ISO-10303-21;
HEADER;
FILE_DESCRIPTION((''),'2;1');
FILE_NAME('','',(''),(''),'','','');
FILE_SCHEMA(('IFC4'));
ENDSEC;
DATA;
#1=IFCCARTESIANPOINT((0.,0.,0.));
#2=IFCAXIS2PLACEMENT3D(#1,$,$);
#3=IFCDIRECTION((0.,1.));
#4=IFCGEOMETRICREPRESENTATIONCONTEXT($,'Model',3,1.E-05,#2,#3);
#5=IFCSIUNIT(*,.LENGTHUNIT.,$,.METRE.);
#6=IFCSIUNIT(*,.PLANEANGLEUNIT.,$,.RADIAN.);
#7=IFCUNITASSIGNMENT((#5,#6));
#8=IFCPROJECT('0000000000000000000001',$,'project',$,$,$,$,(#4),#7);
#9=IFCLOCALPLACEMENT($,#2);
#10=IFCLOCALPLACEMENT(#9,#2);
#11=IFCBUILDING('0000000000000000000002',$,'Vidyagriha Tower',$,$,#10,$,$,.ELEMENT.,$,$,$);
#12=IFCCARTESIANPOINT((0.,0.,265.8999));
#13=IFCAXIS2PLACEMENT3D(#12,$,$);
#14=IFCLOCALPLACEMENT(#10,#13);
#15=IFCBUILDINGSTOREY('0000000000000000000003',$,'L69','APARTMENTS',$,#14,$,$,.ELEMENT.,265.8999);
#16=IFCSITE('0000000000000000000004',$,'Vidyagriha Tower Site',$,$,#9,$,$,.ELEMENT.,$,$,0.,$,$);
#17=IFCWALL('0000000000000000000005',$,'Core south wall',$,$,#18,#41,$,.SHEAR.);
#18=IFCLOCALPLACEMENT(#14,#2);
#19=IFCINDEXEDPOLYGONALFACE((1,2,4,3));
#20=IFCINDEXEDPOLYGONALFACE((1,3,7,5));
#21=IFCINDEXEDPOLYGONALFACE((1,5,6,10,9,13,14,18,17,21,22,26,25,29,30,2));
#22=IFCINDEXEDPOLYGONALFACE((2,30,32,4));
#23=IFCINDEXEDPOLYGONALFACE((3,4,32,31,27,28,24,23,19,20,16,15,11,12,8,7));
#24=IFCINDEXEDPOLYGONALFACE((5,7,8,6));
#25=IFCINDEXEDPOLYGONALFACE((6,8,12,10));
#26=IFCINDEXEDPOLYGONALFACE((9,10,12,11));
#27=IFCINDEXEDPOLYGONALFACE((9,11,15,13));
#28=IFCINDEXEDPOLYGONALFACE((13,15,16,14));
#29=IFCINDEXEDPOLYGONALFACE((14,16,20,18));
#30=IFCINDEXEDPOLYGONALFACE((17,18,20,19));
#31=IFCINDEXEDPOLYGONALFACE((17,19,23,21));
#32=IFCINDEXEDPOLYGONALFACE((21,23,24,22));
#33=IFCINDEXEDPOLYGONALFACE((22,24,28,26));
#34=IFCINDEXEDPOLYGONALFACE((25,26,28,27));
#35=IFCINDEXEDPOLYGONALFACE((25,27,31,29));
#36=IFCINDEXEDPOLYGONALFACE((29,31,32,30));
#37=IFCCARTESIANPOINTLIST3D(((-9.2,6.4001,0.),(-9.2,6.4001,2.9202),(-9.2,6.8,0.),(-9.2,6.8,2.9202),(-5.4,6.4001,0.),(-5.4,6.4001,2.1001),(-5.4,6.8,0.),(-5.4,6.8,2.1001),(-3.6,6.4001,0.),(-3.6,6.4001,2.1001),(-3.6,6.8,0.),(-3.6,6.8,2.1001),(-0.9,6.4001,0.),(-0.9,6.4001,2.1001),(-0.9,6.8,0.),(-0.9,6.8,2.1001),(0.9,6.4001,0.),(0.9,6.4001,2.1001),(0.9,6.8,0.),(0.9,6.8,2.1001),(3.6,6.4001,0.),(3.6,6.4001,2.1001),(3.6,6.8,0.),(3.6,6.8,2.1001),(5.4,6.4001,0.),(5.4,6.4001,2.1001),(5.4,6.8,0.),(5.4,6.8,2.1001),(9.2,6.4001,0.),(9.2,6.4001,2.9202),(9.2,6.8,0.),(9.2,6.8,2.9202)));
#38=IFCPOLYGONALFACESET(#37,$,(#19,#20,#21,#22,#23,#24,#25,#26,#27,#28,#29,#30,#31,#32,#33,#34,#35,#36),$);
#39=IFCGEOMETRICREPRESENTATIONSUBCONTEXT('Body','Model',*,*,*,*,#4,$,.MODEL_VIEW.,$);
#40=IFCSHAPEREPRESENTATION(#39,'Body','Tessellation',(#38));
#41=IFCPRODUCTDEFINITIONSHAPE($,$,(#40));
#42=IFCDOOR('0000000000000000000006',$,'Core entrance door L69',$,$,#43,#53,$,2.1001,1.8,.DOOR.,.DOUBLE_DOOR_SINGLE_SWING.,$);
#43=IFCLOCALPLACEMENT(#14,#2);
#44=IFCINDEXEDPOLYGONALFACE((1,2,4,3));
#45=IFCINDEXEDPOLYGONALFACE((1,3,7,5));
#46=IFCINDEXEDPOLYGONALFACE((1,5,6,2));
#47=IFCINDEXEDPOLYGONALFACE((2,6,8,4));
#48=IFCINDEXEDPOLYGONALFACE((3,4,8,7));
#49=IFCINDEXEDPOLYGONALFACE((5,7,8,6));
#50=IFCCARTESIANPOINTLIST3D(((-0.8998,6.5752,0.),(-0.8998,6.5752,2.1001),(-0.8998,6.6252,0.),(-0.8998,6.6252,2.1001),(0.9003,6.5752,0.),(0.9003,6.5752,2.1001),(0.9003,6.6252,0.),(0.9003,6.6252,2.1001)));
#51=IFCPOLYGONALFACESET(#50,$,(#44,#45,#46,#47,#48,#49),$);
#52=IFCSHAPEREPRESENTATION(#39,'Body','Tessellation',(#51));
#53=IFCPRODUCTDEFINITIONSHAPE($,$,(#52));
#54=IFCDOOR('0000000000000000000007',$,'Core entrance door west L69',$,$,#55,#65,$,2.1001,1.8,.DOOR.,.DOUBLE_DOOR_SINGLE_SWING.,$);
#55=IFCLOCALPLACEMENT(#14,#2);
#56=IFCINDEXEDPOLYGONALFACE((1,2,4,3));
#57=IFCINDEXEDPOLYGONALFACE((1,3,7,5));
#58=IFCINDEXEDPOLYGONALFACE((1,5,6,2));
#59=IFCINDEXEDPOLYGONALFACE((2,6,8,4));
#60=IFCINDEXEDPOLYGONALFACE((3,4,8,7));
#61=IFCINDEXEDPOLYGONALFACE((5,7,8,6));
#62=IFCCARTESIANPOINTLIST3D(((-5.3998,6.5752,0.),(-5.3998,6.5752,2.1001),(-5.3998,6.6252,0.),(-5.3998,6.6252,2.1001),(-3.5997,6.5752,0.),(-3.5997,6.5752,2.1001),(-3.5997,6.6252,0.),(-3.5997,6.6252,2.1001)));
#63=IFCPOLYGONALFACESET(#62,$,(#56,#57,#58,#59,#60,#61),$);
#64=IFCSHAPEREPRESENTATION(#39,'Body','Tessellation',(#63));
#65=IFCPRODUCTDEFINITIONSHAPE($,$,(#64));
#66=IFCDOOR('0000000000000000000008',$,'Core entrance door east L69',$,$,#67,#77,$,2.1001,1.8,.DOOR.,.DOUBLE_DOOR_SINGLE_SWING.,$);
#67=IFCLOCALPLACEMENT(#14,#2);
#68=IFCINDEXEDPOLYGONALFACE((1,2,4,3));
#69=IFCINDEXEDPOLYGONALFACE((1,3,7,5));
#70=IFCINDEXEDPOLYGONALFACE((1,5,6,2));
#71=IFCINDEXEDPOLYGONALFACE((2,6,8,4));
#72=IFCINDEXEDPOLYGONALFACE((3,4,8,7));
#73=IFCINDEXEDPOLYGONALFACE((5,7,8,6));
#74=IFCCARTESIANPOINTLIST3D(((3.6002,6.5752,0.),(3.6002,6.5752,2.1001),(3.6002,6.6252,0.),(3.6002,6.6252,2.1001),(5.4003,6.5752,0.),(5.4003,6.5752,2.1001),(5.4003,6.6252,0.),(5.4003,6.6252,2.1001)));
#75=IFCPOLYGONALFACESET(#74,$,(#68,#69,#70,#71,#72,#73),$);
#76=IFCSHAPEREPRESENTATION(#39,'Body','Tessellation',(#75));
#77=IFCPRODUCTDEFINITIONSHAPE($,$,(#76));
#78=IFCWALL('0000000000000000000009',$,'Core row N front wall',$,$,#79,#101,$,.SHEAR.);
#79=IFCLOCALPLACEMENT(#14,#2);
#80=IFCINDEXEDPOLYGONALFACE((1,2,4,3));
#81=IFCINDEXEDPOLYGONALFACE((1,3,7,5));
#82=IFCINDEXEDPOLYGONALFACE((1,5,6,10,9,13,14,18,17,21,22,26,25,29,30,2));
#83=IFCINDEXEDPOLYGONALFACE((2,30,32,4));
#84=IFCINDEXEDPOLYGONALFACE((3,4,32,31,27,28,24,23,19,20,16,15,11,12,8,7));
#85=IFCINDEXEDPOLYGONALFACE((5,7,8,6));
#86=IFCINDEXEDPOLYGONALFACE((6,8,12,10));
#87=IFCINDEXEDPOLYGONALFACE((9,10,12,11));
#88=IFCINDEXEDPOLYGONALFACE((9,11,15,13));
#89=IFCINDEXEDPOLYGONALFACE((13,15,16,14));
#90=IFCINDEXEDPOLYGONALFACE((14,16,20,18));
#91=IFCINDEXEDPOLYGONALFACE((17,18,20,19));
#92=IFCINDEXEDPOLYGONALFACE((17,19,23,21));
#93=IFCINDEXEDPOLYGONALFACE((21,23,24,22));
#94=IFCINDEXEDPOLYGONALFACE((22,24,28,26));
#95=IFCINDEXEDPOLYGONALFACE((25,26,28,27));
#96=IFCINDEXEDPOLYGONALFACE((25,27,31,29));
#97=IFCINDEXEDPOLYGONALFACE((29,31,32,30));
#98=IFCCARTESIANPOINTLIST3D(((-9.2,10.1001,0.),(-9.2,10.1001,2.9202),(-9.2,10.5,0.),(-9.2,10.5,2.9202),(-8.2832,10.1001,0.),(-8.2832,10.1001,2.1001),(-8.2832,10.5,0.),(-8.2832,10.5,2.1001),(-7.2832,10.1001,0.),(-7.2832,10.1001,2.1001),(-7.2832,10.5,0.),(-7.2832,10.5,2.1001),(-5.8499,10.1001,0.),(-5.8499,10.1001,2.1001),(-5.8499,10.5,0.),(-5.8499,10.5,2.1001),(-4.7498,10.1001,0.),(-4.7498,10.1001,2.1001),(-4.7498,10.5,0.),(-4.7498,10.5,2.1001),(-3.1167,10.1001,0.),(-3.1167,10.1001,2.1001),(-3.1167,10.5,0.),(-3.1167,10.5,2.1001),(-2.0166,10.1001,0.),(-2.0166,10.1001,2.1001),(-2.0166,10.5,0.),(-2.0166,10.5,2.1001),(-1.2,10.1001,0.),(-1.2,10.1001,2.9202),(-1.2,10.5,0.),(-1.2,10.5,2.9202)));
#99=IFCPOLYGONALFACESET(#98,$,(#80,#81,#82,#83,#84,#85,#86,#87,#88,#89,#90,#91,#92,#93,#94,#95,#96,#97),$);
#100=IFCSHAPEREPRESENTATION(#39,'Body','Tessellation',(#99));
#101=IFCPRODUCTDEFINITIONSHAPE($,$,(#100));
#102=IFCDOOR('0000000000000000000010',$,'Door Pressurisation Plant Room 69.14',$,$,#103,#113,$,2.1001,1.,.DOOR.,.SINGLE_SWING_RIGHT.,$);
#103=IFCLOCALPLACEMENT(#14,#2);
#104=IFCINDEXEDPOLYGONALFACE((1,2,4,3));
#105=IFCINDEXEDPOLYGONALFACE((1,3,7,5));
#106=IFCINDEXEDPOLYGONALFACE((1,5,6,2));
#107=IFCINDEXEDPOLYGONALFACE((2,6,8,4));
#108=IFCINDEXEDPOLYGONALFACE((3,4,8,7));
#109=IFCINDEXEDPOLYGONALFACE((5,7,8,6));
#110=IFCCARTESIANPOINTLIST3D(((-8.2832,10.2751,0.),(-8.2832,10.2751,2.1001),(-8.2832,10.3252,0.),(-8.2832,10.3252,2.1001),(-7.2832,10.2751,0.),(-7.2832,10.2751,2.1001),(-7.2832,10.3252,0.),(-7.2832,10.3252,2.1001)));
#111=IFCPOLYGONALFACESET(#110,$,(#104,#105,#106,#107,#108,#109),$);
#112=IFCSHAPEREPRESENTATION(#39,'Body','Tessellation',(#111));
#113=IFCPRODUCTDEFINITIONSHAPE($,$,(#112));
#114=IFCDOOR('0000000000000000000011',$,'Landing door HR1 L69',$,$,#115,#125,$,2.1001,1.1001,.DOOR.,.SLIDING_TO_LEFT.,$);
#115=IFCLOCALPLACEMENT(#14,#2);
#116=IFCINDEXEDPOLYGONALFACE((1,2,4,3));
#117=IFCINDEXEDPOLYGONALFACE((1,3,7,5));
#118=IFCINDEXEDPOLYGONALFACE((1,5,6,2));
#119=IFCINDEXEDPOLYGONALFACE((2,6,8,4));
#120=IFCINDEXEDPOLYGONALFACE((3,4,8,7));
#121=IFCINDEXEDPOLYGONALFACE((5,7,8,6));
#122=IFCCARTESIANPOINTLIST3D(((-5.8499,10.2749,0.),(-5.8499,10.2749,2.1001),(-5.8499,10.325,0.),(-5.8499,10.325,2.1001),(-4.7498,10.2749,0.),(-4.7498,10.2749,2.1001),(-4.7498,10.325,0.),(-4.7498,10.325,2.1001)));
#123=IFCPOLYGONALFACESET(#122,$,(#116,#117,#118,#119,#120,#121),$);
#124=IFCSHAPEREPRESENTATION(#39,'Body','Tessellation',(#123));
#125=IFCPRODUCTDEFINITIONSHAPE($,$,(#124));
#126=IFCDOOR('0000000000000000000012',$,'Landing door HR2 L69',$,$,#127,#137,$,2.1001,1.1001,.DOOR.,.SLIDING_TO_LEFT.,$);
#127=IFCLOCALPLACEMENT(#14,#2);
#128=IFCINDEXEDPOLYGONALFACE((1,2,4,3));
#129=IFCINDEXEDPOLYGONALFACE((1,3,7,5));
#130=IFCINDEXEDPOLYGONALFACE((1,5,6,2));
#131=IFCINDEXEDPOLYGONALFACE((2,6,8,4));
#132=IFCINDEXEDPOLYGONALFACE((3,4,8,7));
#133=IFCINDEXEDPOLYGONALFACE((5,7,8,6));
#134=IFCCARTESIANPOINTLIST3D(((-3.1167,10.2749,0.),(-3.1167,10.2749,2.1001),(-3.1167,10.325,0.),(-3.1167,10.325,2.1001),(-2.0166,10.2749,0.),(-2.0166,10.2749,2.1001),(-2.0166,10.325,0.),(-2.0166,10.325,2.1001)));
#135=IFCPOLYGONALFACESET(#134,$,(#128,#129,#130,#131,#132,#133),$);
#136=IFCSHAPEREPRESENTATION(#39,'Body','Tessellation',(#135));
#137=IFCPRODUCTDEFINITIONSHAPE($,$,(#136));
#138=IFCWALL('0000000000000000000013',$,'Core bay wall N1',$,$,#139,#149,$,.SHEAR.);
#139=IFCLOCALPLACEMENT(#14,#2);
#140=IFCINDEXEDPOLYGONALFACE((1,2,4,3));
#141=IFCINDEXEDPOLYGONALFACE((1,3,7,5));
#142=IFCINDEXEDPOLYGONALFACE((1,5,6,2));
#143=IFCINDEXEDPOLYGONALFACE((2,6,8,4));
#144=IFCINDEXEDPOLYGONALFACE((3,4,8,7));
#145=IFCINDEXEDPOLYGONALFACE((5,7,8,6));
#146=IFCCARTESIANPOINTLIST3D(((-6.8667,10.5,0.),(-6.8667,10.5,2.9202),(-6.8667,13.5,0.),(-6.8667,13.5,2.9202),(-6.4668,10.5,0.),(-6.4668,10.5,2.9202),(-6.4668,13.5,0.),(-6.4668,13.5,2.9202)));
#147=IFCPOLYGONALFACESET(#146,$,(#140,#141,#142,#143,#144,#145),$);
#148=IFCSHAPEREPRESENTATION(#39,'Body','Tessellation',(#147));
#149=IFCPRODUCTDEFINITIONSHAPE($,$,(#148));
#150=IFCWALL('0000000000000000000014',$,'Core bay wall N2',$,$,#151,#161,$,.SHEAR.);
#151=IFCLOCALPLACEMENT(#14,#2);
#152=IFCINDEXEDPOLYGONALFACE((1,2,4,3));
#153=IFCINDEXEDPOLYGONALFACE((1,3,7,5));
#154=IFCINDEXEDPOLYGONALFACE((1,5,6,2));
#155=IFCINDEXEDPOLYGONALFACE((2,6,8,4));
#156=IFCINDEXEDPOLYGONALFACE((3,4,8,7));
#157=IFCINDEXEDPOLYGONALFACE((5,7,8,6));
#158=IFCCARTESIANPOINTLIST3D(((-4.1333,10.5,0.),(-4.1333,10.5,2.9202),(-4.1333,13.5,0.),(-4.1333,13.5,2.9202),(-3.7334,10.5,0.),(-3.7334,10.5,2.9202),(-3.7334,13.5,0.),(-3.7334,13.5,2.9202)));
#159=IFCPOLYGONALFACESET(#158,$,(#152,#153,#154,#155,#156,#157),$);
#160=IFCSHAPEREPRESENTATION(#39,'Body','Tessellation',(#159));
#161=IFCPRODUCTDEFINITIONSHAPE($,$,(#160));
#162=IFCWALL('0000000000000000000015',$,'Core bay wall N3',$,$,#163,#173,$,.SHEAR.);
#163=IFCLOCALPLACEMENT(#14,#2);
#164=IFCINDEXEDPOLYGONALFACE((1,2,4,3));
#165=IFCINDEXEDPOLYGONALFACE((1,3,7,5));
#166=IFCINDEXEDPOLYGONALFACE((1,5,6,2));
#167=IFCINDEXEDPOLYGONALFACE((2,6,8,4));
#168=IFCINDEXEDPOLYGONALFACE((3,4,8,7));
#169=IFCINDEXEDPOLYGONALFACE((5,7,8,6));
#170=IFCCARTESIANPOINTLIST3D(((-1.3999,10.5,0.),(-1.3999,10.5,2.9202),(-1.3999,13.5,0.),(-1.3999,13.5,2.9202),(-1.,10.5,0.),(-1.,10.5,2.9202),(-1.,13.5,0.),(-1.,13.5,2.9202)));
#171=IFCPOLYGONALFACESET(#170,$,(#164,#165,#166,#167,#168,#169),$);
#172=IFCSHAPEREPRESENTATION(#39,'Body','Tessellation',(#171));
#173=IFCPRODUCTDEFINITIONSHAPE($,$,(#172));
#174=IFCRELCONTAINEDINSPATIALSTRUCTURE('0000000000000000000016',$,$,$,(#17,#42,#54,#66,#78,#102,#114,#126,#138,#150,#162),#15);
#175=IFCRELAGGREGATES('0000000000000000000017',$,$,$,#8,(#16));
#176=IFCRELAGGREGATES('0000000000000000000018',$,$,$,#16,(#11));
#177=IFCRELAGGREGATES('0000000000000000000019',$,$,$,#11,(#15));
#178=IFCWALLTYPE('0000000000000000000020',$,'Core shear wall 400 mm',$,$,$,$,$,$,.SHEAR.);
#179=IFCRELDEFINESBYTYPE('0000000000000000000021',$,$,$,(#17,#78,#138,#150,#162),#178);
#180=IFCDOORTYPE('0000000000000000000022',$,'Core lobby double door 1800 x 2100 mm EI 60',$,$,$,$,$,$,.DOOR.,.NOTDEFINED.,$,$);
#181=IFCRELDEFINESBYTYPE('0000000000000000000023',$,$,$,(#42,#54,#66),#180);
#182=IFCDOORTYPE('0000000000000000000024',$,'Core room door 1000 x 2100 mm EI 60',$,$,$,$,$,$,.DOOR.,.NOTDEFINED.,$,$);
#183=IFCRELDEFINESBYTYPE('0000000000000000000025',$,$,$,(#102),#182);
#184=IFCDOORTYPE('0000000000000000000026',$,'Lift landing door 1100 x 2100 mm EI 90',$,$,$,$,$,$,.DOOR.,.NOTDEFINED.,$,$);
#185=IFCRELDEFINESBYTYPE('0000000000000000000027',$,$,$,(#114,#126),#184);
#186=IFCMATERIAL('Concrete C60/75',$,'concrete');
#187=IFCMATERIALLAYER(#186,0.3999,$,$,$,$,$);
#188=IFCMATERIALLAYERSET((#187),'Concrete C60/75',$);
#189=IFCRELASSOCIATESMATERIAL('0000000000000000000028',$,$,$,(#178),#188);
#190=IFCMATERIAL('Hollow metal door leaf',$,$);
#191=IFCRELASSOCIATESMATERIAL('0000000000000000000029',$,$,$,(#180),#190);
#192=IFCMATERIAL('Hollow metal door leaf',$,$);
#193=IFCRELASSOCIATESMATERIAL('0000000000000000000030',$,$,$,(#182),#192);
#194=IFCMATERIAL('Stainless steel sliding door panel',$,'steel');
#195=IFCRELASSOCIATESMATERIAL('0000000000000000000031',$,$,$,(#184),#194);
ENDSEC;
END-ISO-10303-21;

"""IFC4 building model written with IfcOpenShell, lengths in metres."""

from ifc_helpers import new_model, si_unit, direction, frame, frame_2d, origin, place, context, subcontext, project, spatial, rectangle, extrude, material, layer, layer_set, type_object, element, fill, save


model = new_model("IFC4")

# Units and contexts
model_context = context("Model", 3, precision=1e-05, world=origin(), true_north=direction((0.0, 1.0)))
body_context = subcontext(model_context, "Body", "Model", "MODEL_VIEW")
ifc_project = project(units=[si_unit("LENGTHUNIT", "METRE"), si_unit("PLANEANGLEUNIT", "RADIAN")], contexts=[model_context])

# Site, building, storey
site_placement = place(None, origin())
site = spatial("IfcSite", under=ifc_project, at=site_placement, Name="Vidyagriha Tower Site", CompositionType="ELEMENT", RefElevation=0.0)
building_placement = place(site_placement, origin())
building = spatial("IfcBuilding", under=site, at=building_placement, Name="Vidyagriha Tower", CompositionType="ELEMENT")
storey_placement = place(building_placement, frame((0.0, 0.0, 265.8999)))
storey = spatial("IfcBuildingStorey", under=building, at=storey_placement, Name="L69", Description="APARTMENTS", CompositionType="ELEMENT", Elevation=265.8999)

# Walls, openings, doors
ifc_material_1 = material(Name="Concrete C60/75", Category="concrete")
ifc_layer_1 = layer(ifc_material_1, 0.3999)
ifc_layer_set_1 = layer_set([ifc_layer_1], Name="Concrete C60/75")
wall_type_1 = type_object("IfcWallType", Name="Core shear wall 400 mm", PredefinedType="SHEAR", material=ifc_layer_set_1)
wall_1_placement = place(storey_placement, frame((-9.2, 6.6001, 0.0)))
wall_1 = element("IfcWall", 1, at=wall_1_placement, inside=storey, type_object=wall_type_1, Name="Core south wall", PredefinedType="SHEAR", context=body_context, shape_type="SweptSolid", body=[
    extrude(rectangle(XDim=18.3999, YDim=0.3999, at=frame_2d((9.2, 0.0))), origin(), (0.0, 0.0, 1.0), 2.9202),
])
opening_1_placement = place(wall_1_placement, frame((8.3, 0.0, 0.0)))
opening_1 = element("IfcOpeningElement", 2, at=opening_1_placement, cuts=wall_1, PredefinedType="OPENING", context=body_context, shape_type="SweptSolid", body=[
    extrude(rectangle(XDim=1.8, YDim=2.1001, at=frame_2d((0.8999, 1.05))), frame((0.0, 0.21, 0.0), z_axis=(0.0, -1.0, 0.0), x_axis=(1.0, 0.0, 0.0)), (0.0, 0.0, 1.0), 0.4199),
])
opening_2_placement = place(wall_1_placement, frame((3.8, 0.0, 0.0)))
opening_2 = element("IfcOpeningElement", 3, at=opening_2_placement, cuts=wall_1, PredefinedType="OPENING", context=body_context, shape_type="SweptSolid", body=[
    extrude(rectangle(XDim=1.8, YDim=2.1001, at=frame_2d((0.8999, 1.05))), frame((0.0, 0.21, 0.0), z_axis=(0.0, -1.0, 0.0), x_axis=(1.0, 0.0, 0.0)), (0.0, 0.0, 1.0), 0.4199),
])
opening_3_placement = place(wall_1_placement, frame((12.8, 0.0, 0.0)))
opening_3 = element("IfcOpeningElement", 4, at=opening_3_placement, cuts=wall_1, PredefinedType="OPENING", context=body_context, shape_type="SweptSolid", body=[
    extrude(rectangle(XDim=1.8, YDim=2.1001, at=frame_2d((0.8999, 1.05))), frame((0.0, 0.21, 0.0), z_axis=(0.0, -1.0, 0.0), x_axis=(1.0, 0.0, 0.0)), (0.0, 0.0, 1.0), 0.4199),
])
ifc_material_2 = material(Name="Hollow metal door leaf")
door_type_1 = type_object("IfcDoorType", Name="Core lobby double door 1800 x 2100 mm EI 60", OperationType="NOTDEFINED", PredefinedType="DOOR", material=ifc_material_2)
door_1_placement = place(opening_1_placement, frame((1.8, 0.0, 0.0), z_axis=(0.0, 0.0, 1.0), x_axis=(-1.0, 0.0, 0.0)))
door_1 = element("IfcDoor", 5, at=door_1_placement, inside=storey, type_object=door_type_1, Name="Core entrance door L69", OperationType="DOUBLE_DOOR_SINGLE_SWING", OverallHeight=2.1001, OverallWidth=1.8, PredefinedType="DOOR", context=body_context, shape_type="SweptSolid", body=[
    extrude(rectangle(XDim=1.8, YDim=2.1001, at=frame_2d((0.8999, 1.05))), frame((0.0, 0.0249, 0.0), z_axis=(0.0, -1.0, 0.0), x_axis=(1.0, 0.0, 0.0)), (0.0, 0.0, 1.0), 0.05),
])
fill(opening_1, door_1)
door_2_placement = place(opening_2_placement, frame((1.8, 0.0, 0.0), z_axis=(0.0, 0.0, 1.0), x_axis=(-1.0, 0.0, 0.0)))
door_2 = element("IfcDoor", 6, at=door_2_placement, inside=storey, type_object=door_type_1, Name="Core entrance door west L69", OperationType="DOUBLE_DOOR_SINGLE_SWING", OverallHeight=2.1001, OverallWidth=1.8, PredefinedType="DOOR", context=body_context, shape_type="SweptSolid", body=[
    extrude(rectangle(XDim=1.8, YDim=2.1001, at=frame_2d((0.8999, 1.05))), frame((0.0, 0.0249, 0.0), z_axis=(0.0, -1.0, 0.0), x_axis=(1.0, 0.0, 0.0)), (0.0, 0.0, 1.0), 0.05),
])
fill(opening_2, door_2)
door_3_placement = place(opening_3_placement, frame((1.8, 0.0, 0.0), z_axis=(0.0, 0.0, 1.0), x_axis=(-1.0, 0.0, 0.0)))
door_3 = element("IfcDoor", 7, at=door_3_placement, inside=storey, type_object=door_type_1, Name="Core entrance door east L69", OperationType="DOUBLE_DOOR_SINGLE_SWING", OverallHeight=2.1001, OverallWidth=1.8, PredefinedType="DOOR", context=body_context, shape_type="SweptSolid", body=[
    extrude(rectangle(XDim=1.8, YDim=2.1001, at=frame_2d((0.8999, 1.05))), frame((0.0, 0.0249, 0.0), z_axis=(0.0, -1.0, 0.0), x_axis=(1.0, 0.0, 0.0)), (0.0, 0.0, 1.0), 0.05),
])
fill(opening_3, door_3)
wall_2_placement = place(storey_placement, frame((-9.2, 10.3, 0.0)))
wall_2 = element("IfcWall", 8, at=wall_2_placement, inside=storey, type_object=wall_type_1, Name="Core row N front wall", PredefinedType="SHEAR", context=body_context, shape_type="SweptSolid", body=[
    extrude(rectangle(XDim=8.0, YDim=0.3999, at=frame_2d((4.0, 0.0))), origin(), (0.0, 0.0, 1.0), 2.9202),
])
opening_4_placement = place(wall_2_placement, frame((3.3501, 0.0, 0.0)))
opening_4 = element("IfcOpeningElement", 9, at=opening_4_placement, cuts=wall_2, PredefinedType="OPENING", context=body_context, shape_type="SweptSolid", body=[
    extrude(rectangle(XDim=1.1001, YDim=2.1001, at=frame_2d((0.55, 1.05))), frame((0.0, 0.21, 0.0), z_axis=(0.0, -1.0, 0.0), x_axis=(1.0, 0.0, 0.0)), (0.0, 0.0, 1.0), 0.4199),
])
opening_5_placement = place(wall_2_placement, frame((6.0833, 0.0, 0.0)))
opening_5 = element("IfcOpeningElement", 10, at=opening_5_placement, cuts=wall_2, PredefinedType="OPENING", context=body_context, shape_type="SweptSolid", body=[
    extrude(rectangle(XDim=1.1001, YDim=2.1001, at=frame_2d((0.55, 1.05))), frame((0.0, 0.21, 0.0), z_axis=(0.0, -1.0, 0.0), x_axis=(1.0, 0.0, 0.0)), (0.0, 0.0, 1.0), 0.4199),
])
opening_6_placement = place(wall_2_placement, frame((0.9167, 0.0, 0.0)))
opening_6 = element("IfcOpeningElement", 11, at=opening_6_placement, cuts=wall_2, PredefinedType="OPENING", context=body_context, shape_type="SweptSolid", body=[
    extrude(rectangle(XDim=1.0, YDim=2.1001, at=frame_2d((0.5, 1.05))), frame((0.0, 0.21, 0.0), z_axis=(0.0, -1.0, 0.0), x_axis=(1.0, 0.0, 0.0)), (0.0, 0.0, 1.0), 0.4199),
])
ifc_material_3 = material(Name="Hollow metal door leaf")
door_type_2 = type_object("IfcDoorType", Name="Core room door 1000 x 2100 mm EI 60", OperationType="NOTDEFINED", PredefinedType="DOOR", material=ifc_material_3)
door_4_placement = place(opening_6_placement, frame((1.0, 0.0, 0.0), z_axis=(0.0, 0.0, 1.0), x_axis=(-1.0, 0.0, 0.0)))
door_4 = element("IfcDoor", 12, at=door_4_placement, inside=storey, type_object=door_type_2, Name="Door Pressurisation Plant Room 69.14", OperationType="SINGLE_SWING_RIGHT", OverallHeight=2.1001, OverallWidth=1.0, PredefinedType="DOOR", context=body_context, shape_type="SweptSolid", body=[
    extrude(rectangle(XDim=1.0, YDim=2.1001, at=frame_2d((0.5, 1.05))), frame((0.0, 0.0249, 0.0), z_axis=(0.0, -1.0, 0.0), x_axis=(1.0, 0.0, 0.0)), (0.0, 0.0, 1.0), 0.05),
])
fill(opening_6, door_4)
ifc_material_4 = material(Name="Stainless steel sliding door panel", Category="steel")
door_type_3 = type_object("IfcDoorType", Name="Lift landing door 1100 x 2100 mm EI 90", OperationType="NOTDEFINED", PredefinedType="DOOR", material=ifc_material_4)
door_5_placement = place(opening_4_placement, origin())
door_5 = element("IfcDoor", 13, at=door_5_placement, inside=storey, type_object=door_type_3, Name="Landing door HR1 L69", OperationType="SLIDING_TO_LEFT", OverallHeight=2.1001, OverallWidth=1.1001, PredefinedType="DOOR", context=body_context, shape_type="SweptSolid", body=[
    extrude(rectangle(XDim=1.1001, YDim=2.1001, at=frame_2d((0.55, 1.05))), frame((0.0, 0.0249, 0.0), z_axis=(0.0, -1.0, 0.0), x_axis=(1.0, 0.0, 0.0)), (0.0, 0.0, 1.0), 0.05),
])
fill(opening_4, door_5)
door_6_placement = place(opening_5_placement, origin())
door_6 = element("IfcDoor", 14, at=door_6_placement, inside=storey, type_object=door_type_3, Name="Landing door HR2 L69", OperationType="SLIDING_TO_LEFT", OverallHeight=2.1001, OverallWidth=1.1001, PredefinedType="DOOR", context=body_context, shape_type="SweptSolid", body=[
    extrude(rectangle(XDim=1.1001, YDim=2.1001, at=frame_2d((0.55, 1.05))), frame((0.0, 0.0249, 0.0), z_axis=(0.0, -1.0, 0.0), x_axis=(1.0, 0.0, 0.0)), (0.0, 0.0, 1.0), 0.05),
])
fill(opening_5, door_6)

# Walls
for number, where, z_axis, x_axis, name in (
    (15, (-6.6667, 10.5, 0.0), (0.0, 0.0, 1.0), (0.0, 1.0, 0.0), "Core bay wall N1"),
    (16, (-3.9333, 10.5, 0.0), (0.0, 0.0, 1.0), (0.0, 1.0, 0.0), "Core bay wall N2"),
    (17, (-1.2, 10.5, 0.0), (0.0, 0.0, 1.0), (0.0, 1.0, 0.0), "Core bay wall N3"),
):
    element("IfcWall", number, at=place(storey_placement, frame(where, z_axis=z_axis, x_axis=x_axis)), inside=storey, type_object=wall_type_1, Name=name, PredefinedType="SHEAR", context=body_context, shape_type="SweptSolid", body=[
        extrude(rectangle(XDim=3.0, YDim=0.3999, at=frame_2d((1.5, 0.0))), origin(), (0.0, 0.0, 1.0), 2.9202),
    ])

save(model, "model.ifc")
